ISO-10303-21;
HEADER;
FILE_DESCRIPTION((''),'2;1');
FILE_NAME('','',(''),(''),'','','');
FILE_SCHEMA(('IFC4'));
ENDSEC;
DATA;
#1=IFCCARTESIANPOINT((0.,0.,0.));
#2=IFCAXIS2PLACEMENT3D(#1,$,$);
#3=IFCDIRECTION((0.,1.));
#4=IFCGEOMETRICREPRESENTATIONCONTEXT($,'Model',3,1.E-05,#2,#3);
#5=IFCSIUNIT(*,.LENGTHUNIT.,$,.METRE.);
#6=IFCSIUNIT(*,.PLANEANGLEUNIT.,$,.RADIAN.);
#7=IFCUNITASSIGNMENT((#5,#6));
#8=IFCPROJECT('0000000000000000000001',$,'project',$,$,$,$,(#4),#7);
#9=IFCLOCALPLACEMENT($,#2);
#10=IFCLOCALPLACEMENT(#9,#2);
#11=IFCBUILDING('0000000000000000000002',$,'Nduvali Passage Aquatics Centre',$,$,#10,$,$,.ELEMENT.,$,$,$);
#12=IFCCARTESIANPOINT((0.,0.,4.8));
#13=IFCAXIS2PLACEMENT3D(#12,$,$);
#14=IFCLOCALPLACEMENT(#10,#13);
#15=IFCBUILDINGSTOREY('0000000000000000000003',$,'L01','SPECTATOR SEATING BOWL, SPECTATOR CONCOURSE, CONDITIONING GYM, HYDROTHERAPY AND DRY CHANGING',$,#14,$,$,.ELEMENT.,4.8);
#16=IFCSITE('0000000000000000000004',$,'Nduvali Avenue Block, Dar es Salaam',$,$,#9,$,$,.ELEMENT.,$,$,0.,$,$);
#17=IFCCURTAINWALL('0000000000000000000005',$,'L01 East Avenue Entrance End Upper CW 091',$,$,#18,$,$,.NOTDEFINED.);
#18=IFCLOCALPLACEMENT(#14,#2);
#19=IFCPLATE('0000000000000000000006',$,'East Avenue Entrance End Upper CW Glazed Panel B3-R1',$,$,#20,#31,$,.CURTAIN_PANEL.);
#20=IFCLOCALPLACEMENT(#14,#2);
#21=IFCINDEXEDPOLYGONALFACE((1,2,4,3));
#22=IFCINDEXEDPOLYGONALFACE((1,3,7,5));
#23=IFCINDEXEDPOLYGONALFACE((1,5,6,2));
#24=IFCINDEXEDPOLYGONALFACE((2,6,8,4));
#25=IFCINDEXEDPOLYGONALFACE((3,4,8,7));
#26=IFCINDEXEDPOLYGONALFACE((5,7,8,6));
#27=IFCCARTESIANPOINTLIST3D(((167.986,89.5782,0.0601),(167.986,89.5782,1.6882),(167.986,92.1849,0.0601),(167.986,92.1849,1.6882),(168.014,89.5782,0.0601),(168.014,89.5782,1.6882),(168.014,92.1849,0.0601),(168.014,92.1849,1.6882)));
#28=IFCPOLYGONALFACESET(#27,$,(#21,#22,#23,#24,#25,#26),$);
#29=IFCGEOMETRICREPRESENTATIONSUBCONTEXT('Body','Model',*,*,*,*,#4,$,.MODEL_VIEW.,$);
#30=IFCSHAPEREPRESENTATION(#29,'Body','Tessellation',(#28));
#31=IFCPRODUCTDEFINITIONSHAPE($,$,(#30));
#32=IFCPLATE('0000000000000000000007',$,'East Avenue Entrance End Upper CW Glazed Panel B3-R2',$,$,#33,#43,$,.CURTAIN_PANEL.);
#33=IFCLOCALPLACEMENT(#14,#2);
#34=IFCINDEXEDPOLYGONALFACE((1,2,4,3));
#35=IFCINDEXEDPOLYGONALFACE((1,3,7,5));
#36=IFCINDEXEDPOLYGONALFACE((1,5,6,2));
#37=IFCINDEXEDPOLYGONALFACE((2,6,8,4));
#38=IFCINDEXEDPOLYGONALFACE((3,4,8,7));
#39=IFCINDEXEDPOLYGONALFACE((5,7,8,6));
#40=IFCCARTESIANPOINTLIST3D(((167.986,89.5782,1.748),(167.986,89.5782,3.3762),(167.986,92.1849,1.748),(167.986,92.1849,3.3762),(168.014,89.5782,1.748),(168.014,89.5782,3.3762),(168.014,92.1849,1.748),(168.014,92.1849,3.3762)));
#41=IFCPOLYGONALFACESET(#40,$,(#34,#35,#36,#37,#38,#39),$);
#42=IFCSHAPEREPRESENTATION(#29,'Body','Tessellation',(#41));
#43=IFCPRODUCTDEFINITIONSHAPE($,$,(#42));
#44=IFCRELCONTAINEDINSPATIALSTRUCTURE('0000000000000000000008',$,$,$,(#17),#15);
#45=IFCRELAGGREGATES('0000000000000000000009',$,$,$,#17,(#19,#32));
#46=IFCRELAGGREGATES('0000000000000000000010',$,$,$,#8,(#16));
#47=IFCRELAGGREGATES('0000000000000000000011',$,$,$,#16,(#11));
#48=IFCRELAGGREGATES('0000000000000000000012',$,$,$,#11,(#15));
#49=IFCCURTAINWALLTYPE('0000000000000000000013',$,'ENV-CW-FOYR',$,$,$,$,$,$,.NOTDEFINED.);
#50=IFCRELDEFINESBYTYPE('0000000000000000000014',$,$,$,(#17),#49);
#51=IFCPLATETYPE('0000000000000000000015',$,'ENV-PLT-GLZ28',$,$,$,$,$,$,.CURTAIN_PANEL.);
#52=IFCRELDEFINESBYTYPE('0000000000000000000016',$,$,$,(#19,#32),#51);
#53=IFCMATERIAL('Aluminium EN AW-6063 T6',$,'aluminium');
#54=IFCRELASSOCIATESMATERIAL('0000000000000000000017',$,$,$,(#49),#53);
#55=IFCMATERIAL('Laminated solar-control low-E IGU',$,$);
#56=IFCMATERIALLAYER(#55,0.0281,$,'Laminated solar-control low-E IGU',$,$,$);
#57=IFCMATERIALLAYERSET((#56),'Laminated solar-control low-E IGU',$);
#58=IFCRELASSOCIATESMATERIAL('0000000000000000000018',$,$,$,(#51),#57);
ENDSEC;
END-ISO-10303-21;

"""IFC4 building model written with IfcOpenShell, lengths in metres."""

from ifc_helpers import new_model, si_unit, direction, frame, origin, origin_2d, place, context, subcontext, project, spatial, rectangle, extrude, material, layer, layer_set, type_object, element, aggregate, save


model = new_model("IFC4")

# Units and contexts
model_context = context("Model", 3, precision=1e-05, world=origin(), true_north=direction((0.0, 1.0)))
body_context = subcontext(model_context, "Body", "Model", "MODEL_VIEW")
ifc_project = project(units=[si_unit("LENGTHUNIT", "METRE"), si_unit("PLANEANGLEUNIT", "RADIAN")], contexts=[model_context])

# Site, building, storey
site_placement = place(None, origin())
site = spatial("IfcSite", under=ifc_project, at=site_placement, Name="Nduvali Avenue Block, Dar es Salaam", CompositionType="ELEMENT", RefElevation=0.0)
building_placement = place(site_placement, origin())
building = spatial("IfcBuilding", under=site, at=building_placement, Name="Nduvali Passage Aquatics Centre", CompositionType="ELEMENT")
storey_placement = place(building_placement, frame((0.0, 0.0, 4.8)))
storey = spatial("IfcBuildingStorey", under=building, at=storey_placement, Name="L01", Description="SPECTATOR SEATING BOWL, SPECTATOR CONCOURSE, CONDITIONING GYM, HYDROTHERAPY AND DRY CHANGING", CompositionType="ELEMENT", Elevation=4.8)

# Curtain wall
ifc_material_1 = material(Name="Aluminium EN AW-6063 T6", Category="aluminium")
curtain_wall_type = type_object("IfcCurtainWallType", Name="ENV-CW-FOYR", PredefinedType="NOTDEFINED", material=ifc_material_1)
curtain_wall_placement = place(storey_placement, origin())
curtain_wall = element("IfcCurtainWall", 1, at=curtain_wall_placement, inside=storey, type_object=curtain_wall_type, Name="L01 East Avenue Entrance End Upper CW 091", PredefinedType="NOTDEFINED")

# Plates
ifc_material_2 = material(Name="Laminated solar-control low-E IGU")
ifc_layer = layer(ifc_material_2, 0.0281, Name="Laminated solar-control low-E IGU")
ifc_layer_set = layer_set([ifc_layer], Name="Laminated solar-control low-E IGU")
plate_type = type_object("IfcPlateType", Name="ENV-PLT-GLZ28", PredefinedType="CURTAIN_PANEL", material=ifc_layer_set)
plate_1_placement = place(storey_placement, frame((168.0, 90.8816, 0.0601), z_axis=(0.0, 0.0, 1.0), x_axis=(0.0, 1.0, 0.0)))
plate_1 = element("IfcPlate", 2, at=plate_1_placement, type_object=plate_type, Name="East Avenue Entrance End Upper CW Glazed Panel B3-R1", PredefinedType="CURTAIN_PANEL", context=body_context, shape_type="SweptSolid", body=[
    extrude(rectangle(XDim=2.6067, YDim=0.0281, at=origin_2d()), origin(), (0.0, 0.0, 1.0), 1.6282),
])
plate_2_placement = place(storey_placement, frame((168.0, 90.8816, 1.748), z_axis=(0.0, 0.0, 1.0), x_axis=(0.0, 1.0, 0.0)))
plate_2 = element("IfcPlate", 3, at=plate_2_placement, type_object=plate_type, Name="East Avenue Entrance End Upper CW Glazed Panel B3-R2", PredefinedType="CURTAIN_PANEL", context=body_context, shape_type="SweptSolid", body=[
    extrude(rectangle(XDim=2.6067, YDim=0.0281, at=origin_2d()), origin(), (0.0, 0.0, 1.0), 1.6282),
])
aggregate(curtain_wall, [plate_1, plate_2])

save(model, "model.ifc")
